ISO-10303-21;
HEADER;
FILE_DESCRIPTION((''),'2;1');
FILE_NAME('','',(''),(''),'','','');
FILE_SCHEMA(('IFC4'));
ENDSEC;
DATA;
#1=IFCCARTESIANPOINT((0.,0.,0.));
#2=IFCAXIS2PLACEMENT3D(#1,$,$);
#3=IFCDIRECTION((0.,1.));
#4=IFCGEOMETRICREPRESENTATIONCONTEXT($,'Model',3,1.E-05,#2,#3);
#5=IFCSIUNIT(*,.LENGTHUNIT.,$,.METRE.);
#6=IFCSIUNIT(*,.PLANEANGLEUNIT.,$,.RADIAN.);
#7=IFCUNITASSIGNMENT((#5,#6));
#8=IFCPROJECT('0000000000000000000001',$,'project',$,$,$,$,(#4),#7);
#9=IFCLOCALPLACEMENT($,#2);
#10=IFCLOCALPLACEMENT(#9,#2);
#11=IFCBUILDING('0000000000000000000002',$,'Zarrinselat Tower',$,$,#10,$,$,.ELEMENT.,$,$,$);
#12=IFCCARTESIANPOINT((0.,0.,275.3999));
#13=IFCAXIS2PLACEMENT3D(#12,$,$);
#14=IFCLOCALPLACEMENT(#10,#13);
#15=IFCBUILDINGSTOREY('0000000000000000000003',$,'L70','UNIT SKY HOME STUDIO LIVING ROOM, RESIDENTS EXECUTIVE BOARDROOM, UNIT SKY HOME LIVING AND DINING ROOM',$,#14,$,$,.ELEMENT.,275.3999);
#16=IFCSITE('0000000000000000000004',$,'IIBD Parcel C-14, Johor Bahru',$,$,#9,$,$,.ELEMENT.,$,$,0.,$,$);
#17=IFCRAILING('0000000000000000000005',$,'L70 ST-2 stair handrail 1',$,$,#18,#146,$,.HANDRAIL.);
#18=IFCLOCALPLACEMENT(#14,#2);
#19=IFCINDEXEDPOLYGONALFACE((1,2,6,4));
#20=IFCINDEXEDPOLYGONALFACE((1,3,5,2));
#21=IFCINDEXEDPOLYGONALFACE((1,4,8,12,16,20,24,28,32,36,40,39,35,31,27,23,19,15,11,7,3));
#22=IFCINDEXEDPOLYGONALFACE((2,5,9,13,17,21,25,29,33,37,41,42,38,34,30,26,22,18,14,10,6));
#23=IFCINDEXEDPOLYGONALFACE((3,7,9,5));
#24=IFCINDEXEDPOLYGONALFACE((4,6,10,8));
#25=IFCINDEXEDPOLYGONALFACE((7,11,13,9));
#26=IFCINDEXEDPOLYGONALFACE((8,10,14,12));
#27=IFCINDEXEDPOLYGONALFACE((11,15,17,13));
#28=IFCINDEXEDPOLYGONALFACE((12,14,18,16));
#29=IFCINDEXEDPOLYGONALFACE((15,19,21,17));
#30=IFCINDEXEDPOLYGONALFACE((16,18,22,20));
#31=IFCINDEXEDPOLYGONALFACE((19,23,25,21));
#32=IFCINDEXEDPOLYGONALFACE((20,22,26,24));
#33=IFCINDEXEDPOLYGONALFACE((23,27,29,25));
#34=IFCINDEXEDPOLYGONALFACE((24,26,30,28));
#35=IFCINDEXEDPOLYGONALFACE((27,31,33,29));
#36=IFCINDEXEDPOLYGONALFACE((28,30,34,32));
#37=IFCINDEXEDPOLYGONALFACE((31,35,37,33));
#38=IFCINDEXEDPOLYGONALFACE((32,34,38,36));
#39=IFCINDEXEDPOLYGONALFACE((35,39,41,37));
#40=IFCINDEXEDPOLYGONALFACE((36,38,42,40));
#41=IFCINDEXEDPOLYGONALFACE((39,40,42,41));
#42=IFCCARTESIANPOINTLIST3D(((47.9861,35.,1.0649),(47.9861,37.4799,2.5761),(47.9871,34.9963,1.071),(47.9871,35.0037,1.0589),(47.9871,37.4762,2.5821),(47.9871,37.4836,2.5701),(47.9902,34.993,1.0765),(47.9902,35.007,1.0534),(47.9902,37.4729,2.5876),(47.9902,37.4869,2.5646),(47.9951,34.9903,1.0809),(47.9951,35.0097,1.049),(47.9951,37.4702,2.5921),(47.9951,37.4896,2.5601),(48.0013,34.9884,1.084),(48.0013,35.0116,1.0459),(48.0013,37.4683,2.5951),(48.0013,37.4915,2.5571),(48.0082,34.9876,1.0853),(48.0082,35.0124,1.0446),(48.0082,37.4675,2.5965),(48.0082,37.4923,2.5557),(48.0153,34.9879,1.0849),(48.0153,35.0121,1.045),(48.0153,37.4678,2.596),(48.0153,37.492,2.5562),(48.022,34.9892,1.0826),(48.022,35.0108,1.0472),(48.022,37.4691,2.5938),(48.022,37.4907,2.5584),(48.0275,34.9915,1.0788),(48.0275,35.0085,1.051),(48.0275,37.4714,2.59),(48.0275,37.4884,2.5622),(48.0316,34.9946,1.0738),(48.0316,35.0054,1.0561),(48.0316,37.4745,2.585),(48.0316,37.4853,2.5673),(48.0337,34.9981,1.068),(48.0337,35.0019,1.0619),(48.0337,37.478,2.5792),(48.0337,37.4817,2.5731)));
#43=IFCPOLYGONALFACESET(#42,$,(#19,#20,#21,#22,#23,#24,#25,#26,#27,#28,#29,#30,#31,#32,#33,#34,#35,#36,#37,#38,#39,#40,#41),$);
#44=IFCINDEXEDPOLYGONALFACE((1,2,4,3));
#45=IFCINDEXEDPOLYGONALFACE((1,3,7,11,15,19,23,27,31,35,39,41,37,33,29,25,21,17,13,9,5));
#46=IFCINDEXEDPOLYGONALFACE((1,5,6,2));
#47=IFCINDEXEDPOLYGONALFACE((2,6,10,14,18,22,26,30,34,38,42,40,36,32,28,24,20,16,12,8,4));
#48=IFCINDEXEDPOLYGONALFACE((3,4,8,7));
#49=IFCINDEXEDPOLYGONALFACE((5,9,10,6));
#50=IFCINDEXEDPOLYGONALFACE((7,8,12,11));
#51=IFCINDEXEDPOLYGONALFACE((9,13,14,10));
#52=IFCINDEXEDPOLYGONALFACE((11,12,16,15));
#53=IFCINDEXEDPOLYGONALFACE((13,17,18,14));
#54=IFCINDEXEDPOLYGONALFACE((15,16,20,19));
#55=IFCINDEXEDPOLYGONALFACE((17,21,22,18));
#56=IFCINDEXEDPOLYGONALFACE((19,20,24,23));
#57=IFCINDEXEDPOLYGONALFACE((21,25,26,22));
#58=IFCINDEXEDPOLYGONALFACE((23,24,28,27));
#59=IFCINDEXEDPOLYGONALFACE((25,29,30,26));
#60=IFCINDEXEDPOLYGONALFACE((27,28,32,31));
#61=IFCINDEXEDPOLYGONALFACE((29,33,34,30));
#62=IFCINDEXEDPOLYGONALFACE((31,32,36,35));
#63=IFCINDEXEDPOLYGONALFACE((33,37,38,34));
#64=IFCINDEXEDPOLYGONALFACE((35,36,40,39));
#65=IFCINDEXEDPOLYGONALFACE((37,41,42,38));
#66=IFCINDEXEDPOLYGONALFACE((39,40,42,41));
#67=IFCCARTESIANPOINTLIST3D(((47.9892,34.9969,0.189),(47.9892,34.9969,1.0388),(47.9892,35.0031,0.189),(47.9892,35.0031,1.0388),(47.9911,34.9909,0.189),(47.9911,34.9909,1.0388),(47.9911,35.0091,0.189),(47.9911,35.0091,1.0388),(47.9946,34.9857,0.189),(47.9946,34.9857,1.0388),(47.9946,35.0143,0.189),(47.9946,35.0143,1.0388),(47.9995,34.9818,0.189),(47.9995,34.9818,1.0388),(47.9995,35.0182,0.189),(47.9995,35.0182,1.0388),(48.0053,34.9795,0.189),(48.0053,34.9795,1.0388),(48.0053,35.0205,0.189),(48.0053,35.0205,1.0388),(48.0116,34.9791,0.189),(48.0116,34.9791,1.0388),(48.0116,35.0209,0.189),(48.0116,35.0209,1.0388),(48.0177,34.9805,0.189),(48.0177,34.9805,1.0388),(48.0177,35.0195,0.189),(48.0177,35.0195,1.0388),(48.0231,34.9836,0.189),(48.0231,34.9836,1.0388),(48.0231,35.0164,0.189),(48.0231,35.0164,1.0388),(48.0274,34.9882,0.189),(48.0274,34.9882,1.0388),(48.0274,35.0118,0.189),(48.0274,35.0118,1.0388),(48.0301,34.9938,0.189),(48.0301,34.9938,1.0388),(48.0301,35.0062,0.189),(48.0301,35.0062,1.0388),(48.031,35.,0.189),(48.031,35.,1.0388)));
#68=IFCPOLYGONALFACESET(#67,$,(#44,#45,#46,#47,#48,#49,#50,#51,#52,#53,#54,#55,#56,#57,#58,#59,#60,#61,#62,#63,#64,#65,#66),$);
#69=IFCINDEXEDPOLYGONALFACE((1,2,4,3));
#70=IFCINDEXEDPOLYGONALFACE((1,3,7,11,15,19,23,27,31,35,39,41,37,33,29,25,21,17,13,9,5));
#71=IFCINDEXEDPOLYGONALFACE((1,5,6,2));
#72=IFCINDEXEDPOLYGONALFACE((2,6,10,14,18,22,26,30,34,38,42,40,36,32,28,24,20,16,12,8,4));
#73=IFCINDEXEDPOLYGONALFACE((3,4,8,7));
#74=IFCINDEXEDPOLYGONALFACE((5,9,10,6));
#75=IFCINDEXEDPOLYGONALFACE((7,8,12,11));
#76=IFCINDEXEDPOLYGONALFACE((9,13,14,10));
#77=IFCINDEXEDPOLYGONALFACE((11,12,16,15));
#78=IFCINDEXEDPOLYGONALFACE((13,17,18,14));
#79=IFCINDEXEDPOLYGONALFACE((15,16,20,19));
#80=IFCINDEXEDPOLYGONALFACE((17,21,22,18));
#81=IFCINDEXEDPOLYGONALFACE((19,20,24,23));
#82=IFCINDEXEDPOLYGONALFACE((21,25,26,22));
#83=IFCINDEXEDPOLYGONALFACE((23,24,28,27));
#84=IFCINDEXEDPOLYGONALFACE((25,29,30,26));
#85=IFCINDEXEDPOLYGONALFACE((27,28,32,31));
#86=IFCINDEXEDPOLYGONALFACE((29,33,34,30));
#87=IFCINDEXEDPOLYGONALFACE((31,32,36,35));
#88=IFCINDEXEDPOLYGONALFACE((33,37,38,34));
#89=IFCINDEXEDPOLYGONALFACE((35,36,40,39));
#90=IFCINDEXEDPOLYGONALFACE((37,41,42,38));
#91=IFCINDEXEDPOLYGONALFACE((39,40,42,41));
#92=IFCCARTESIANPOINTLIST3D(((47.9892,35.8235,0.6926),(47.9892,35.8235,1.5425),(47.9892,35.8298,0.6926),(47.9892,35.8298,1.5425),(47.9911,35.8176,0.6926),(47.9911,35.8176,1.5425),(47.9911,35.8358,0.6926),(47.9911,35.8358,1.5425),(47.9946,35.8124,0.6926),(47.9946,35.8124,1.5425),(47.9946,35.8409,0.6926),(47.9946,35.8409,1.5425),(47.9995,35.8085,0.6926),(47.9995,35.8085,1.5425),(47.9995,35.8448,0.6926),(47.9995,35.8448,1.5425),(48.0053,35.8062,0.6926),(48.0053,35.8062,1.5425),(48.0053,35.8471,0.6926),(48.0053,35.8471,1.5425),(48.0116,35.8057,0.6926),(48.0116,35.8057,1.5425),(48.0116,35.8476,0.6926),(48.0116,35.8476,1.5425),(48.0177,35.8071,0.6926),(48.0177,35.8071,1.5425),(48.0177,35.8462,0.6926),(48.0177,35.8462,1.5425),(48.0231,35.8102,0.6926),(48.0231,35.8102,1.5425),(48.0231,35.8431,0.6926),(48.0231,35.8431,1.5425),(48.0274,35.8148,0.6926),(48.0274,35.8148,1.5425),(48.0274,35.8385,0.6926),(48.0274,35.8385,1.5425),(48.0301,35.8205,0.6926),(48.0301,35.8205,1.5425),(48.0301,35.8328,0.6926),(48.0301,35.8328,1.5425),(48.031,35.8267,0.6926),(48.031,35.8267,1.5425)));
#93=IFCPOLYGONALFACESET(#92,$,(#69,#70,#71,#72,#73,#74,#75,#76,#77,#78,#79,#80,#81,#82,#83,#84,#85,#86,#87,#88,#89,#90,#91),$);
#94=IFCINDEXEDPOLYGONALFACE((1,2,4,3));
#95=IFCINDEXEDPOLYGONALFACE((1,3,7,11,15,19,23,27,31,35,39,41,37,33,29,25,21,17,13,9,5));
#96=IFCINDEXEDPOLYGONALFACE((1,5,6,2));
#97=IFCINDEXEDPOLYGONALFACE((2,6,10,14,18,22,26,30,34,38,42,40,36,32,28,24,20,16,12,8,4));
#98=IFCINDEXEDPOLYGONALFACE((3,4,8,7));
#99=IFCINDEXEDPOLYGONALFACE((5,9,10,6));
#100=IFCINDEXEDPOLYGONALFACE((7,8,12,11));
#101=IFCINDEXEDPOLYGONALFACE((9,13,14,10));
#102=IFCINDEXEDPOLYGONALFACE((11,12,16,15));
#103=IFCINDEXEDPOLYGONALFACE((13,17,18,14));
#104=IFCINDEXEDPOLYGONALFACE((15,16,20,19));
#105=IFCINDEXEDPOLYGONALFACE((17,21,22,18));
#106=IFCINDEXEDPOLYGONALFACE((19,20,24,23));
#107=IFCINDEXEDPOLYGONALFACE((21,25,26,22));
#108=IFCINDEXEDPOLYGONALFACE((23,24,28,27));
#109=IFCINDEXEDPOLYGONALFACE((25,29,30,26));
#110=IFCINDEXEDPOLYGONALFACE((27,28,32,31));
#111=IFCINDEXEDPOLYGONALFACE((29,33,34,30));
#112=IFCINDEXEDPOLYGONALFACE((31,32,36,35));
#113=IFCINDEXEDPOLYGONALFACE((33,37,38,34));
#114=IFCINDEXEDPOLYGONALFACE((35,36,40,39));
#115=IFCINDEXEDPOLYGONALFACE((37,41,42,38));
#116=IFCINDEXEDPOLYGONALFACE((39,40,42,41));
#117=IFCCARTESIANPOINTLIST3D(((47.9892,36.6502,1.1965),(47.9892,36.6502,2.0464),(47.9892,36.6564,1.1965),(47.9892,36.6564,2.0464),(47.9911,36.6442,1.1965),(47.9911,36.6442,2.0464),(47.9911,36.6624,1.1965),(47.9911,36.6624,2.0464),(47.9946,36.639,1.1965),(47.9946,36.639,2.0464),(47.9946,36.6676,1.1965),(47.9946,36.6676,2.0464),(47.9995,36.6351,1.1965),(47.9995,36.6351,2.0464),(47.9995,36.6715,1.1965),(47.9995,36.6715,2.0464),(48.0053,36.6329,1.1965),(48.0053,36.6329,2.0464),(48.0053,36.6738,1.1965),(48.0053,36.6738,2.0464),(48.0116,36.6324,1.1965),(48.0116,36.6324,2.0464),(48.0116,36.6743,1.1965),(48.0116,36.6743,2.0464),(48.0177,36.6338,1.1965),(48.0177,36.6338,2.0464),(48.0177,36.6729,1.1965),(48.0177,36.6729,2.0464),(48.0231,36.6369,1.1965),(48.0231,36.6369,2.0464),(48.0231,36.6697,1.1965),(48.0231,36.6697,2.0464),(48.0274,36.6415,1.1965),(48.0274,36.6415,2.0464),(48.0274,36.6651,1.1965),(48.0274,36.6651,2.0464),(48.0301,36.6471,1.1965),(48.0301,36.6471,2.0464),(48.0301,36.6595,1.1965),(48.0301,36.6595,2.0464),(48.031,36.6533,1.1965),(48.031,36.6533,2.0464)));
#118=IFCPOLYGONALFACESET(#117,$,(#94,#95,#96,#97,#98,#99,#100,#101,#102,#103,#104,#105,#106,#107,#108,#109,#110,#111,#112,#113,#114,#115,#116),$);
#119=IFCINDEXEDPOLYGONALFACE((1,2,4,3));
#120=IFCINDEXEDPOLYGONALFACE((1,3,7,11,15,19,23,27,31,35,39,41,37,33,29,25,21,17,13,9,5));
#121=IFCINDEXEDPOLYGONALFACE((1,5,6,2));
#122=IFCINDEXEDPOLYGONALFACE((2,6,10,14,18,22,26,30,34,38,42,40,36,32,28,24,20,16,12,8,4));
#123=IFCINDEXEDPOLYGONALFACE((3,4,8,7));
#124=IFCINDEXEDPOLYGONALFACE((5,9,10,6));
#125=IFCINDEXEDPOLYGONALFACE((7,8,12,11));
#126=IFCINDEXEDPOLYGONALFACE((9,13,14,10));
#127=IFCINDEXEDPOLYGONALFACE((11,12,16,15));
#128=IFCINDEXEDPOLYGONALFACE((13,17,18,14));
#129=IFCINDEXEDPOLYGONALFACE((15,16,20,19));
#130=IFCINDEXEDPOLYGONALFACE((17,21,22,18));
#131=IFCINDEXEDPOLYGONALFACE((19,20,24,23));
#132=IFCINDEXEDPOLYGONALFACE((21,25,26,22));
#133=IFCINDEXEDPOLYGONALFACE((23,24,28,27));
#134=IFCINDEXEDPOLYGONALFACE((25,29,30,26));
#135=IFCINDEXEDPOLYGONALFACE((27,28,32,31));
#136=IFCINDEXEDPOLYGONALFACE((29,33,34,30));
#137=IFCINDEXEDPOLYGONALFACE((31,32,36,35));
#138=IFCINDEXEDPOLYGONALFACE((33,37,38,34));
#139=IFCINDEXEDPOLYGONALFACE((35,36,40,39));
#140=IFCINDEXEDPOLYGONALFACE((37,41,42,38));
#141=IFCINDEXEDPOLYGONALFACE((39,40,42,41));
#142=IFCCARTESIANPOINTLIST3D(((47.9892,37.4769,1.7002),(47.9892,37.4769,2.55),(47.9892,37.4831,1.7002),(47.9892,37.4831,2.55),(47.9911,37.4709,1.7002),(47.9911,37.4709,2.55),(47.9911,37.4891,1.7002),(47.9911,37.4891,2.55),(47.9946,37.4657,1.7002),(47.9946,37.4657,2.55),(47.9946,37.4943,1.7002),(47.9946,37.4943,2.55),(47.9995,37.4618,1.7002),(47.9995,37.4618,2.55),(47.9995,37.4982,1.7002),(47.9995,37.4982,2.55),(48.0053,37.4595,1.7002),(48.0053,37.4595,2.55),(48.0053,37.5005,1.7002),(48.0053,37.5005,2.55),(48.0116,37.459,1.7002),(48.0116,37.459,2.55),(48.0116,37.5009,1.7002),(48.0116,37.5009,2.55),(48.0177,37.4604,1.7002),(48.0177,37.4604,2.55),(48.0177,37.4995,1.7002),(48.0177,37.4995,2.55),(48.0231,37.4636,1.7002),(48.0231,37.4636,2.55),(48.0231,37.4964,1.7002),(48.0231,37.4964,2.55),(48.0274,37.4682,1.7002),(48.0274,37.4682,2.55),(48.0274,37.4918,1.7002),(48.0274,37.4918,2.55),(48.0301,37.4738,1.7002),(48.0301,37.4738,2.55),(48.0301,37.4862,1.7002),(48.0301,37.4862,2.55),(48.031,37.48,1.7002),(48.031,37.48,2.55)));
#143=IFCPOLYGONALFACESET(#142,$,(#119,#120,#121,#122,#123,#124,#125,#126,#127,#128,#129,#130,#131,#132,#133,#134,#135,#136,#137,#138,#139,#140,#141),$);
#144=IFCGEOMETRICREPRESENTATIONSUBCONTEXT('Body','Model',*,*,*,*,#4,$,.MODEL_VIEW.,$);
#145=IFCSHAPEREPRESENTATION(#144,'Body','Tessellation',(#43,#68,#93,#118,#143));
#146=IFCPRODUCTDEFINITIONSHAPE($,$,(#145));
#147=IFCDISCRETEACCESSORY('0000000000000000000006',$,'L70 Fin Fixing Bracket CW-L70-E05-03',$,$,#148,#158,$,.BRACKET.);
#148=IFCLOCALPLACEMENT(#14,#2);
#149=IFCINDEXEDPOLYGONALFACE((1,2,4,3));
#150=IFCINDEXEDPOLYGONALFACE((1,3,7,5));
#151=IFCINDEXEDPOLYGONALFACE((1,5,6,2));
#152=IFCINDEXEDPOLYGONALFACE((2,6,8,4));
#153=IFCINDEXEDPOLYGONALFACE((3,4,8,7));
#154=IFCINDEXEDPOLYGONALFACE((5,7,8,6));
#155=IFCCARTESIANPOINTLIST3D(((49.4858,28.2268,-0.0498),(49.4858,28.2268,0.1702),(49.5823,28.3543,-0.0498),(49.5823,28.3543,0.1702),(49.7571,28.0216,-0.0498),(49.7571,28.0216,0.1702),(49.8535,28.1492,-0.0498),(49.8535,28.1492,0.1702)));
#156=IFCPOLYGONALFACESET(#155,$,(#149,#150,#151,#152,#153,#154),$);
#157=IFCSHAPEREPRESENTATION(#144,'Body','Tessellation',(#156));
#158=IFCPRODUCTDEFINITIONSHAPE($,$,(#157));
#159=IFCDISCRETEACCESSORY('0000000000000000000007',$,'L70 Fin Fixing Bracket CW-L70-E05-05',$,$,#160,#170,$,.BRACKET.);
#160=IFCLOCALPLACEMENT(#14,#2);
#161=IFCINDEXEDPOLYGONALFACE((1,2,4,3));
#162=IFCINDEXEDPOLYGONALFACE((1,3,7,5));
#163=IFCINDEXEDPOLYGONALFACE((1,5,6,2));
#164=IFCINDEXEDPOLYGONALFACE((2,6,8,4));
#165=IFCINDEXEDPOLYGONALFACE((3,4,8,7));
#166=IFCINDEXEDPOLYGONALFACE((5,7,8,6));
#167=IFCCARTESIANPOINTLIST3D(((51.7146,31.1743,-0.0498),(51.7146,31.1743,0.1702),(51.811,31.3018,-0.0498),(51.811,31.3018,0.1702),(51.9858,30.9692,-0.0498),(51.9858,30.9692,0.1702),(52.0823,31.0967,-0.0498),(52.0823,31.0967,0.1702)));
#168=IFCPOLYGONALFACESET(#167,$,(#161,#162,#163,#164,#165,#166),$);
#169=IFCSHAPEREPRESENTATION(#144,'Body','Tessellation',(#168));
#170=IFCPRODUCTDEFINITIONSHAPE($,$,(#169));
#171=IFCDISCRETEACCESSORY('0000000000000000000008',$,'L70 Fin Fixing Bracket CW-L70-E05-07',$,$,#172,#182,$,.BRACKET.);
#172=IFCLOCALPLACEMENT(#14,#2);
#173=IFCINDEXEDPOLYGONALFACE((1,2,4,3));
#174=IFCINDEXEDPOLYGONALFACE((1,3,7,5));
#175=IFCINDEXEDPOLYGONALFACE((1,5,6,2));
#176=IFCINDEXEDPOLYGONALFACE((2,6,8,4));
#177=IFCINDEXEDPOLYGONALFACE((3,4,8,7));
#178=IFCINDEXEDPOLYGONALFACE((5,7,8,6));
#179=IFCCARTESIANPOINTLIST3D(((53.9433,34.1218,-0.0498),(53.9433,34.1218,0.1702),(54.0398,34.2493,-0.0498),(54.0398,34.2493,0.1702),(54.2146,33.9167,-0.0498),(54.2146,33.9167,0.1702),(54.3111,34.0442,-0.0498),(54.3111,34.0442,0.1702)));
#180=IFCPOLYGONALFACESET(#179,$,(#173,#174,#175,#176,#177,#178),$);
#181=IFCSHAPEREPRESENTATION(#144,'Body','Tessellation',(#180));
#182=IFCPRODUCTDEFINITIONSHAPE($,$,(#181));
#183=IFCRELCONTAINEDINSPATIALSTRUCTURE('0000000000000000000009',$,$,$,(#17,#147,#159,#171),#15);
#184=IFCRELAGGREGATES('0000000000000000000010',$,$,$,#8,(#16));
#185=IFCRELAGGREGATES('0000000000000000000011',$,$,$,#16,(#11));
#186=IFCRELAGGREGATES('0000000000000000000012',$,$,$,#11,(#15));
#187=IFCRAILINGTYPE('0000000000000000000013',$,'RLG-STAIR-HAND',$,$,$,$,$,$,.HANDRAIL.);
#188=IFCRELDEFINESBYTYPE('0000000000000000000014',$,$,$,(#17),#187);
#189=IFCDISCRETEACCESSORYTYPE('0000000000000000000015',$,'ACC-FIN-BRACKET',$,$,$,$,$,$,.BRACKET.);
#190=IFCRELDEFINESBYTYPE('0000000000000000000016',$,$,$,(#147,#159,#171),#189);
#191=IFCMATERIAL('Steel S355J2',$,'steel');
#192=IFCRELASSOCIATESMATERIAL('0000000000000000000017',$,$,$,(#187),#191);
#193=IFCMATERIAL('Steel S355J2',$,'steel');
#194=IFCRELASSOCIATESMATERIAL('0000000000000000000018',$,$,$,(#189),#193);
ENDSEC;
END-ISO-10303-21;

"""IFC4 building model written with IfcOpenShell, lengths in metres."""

from ifc_helpers import new_model, si_unit, direction, frame, origin, origin_2d, place, context, subcontext, project, spatial, rectangle, circle, extrude, material, type_object, element, save


model = new_model("IFC4")

# Units and contexts
model_context = context("Model", 3, precision=1e-05, world=origin(), true_north=direction((0.0, 1.0)))
body_context = subcontext(model_context, "Body", "Model", "MODEL_VIEW")
ifc_project = project(units=[si_unit("LENGTHUNIT", "METRE"), si_unit("PLANEANGLEUNIT", "RADIAN")], contexts=[model_context])

# Site, building, storey
site_placement = place(None, origin())
site = spatial("IfcSite", under=ifc_project, at=site_placement, Name="IIBD Parcel C-14, Johor Bahru", CompositionType="ELEMENT", RefElevation=0.0)
building_placement = place(site_placement, origin())
building = spatial("IfcBuilding", under=site, at=building_placement, Name="Zarrinselat Tower", CompositionType="ELEMENT")
storey_placement = place(building_placement, frame((0.0, 0.0, 275.3999)))
storey = spatial("IfcBuildingStorey", under=building, at=storey_placement, Name="L70", Description="UNIT SKY HOME STUDIO LIVING ROOM, RESIDENTS EXECUTIVE BOARDROOM, UNIT SKY HOME LIVING AND DINING ROOM", CompositionType="ELEMENT", Elevation=275.3999)

# Railing
ifc_material_1 = material(Name="Steel S355J2", Category="steel")
railing_type_1 = type_object("IfcRailingType", Name="RLG-STAIR-HAND", PredefinedType="HANDRAIL", material=ifc_material_1)
railing_1_placement = place(storey_placement, frame((48.01, 35.0, 0.189)))
element("IfcRailing", 1, at=railing_1_placement, inside=storey, type_object=railing_type_1, Name="L70 ST-2 stair handrail 1", PredefinedType="HANDRAIL", context=body_context, shape_type="SweptSolid", body=[
    extrude(circle(Radius=0.0239, at=origin_2d()), frame((0.0, 0.0, 0.876), z_axis=(0.0, 0.853942, 0.520368), x_axis=(-1.0, 0.0, 0.0)), (0.0, 0.0, 1.0), 2.9041),
    extrude(circle(Radius=0.021, at=origin_2d()), origin(), (0.0, 0.0, 1.0), 0.8499),
    extrude(circle(Radius=0.021, at=origin_2d()), frame((0.0, 0.8267, 0.5037)), (0.0, 0.0, 1.0), 0.8499),
    extrude(circle(Radius=0.021, at=origin_2d()), frame((0.0, 1.6533, 1.0076)), (0.0, 0.0, 1.0), 0.8499),
    extrude(circle(Radius=0.021, at=origin_2d()), frame((0.0, 2.48, 1.5112)), (0.0, 0.0, 1.0), 0.8499),
])

# Discrete accessories
ifc_material_2 = material(Name="Steel S355J2", Category="steel")
discrete_accessory_type = type_object("IfcDiscreteAccessoryType", Name="ACC-FIN-BRACKET", PredefinedType="BRACKET", material=ifc_material_2)
for number, where, z_axis, x_axis, name in (
    (2, (49.6697, 28.188, -0.0498), (0.0, 0.0, 1.0), (0.797613, -0.60317, 0.0), "L70 Fin Fixing Bracket CW-L70-E05-03"),
    (3, (51.8984, 31.1355, -0.0498), (0.0, 0.0, 1.0), (0.797613, -0.60317, 0.0), "L70 Fin Fixing Bracket CW-L70-E05-05"),
    (4, (54.1272, 34.083, -0.0498), (0.0, 0.0, 1.0), (0.797613, -0.60317, 0.0), "L70 Fin Fixing Bracket CW-L70-E05-07"),
):
    element("IfcDiscreteAccessory", number, at=place(storey_placement, frame(where, z_axis=z_axis, x_axis=x_axis)), inside=storey, type_object=discrete_accessory_type, Name=name, PredefinedType="BRACKET", context=body_context, shape_type="SweptSolid", body=[
        extrude(rectangle(XDim=0.3401, YDim=0.1599, at=origin_2d()), origin(), (0.0, 0.0, 1.0), 0.22),
    ])

save(model, "model.ifc")
